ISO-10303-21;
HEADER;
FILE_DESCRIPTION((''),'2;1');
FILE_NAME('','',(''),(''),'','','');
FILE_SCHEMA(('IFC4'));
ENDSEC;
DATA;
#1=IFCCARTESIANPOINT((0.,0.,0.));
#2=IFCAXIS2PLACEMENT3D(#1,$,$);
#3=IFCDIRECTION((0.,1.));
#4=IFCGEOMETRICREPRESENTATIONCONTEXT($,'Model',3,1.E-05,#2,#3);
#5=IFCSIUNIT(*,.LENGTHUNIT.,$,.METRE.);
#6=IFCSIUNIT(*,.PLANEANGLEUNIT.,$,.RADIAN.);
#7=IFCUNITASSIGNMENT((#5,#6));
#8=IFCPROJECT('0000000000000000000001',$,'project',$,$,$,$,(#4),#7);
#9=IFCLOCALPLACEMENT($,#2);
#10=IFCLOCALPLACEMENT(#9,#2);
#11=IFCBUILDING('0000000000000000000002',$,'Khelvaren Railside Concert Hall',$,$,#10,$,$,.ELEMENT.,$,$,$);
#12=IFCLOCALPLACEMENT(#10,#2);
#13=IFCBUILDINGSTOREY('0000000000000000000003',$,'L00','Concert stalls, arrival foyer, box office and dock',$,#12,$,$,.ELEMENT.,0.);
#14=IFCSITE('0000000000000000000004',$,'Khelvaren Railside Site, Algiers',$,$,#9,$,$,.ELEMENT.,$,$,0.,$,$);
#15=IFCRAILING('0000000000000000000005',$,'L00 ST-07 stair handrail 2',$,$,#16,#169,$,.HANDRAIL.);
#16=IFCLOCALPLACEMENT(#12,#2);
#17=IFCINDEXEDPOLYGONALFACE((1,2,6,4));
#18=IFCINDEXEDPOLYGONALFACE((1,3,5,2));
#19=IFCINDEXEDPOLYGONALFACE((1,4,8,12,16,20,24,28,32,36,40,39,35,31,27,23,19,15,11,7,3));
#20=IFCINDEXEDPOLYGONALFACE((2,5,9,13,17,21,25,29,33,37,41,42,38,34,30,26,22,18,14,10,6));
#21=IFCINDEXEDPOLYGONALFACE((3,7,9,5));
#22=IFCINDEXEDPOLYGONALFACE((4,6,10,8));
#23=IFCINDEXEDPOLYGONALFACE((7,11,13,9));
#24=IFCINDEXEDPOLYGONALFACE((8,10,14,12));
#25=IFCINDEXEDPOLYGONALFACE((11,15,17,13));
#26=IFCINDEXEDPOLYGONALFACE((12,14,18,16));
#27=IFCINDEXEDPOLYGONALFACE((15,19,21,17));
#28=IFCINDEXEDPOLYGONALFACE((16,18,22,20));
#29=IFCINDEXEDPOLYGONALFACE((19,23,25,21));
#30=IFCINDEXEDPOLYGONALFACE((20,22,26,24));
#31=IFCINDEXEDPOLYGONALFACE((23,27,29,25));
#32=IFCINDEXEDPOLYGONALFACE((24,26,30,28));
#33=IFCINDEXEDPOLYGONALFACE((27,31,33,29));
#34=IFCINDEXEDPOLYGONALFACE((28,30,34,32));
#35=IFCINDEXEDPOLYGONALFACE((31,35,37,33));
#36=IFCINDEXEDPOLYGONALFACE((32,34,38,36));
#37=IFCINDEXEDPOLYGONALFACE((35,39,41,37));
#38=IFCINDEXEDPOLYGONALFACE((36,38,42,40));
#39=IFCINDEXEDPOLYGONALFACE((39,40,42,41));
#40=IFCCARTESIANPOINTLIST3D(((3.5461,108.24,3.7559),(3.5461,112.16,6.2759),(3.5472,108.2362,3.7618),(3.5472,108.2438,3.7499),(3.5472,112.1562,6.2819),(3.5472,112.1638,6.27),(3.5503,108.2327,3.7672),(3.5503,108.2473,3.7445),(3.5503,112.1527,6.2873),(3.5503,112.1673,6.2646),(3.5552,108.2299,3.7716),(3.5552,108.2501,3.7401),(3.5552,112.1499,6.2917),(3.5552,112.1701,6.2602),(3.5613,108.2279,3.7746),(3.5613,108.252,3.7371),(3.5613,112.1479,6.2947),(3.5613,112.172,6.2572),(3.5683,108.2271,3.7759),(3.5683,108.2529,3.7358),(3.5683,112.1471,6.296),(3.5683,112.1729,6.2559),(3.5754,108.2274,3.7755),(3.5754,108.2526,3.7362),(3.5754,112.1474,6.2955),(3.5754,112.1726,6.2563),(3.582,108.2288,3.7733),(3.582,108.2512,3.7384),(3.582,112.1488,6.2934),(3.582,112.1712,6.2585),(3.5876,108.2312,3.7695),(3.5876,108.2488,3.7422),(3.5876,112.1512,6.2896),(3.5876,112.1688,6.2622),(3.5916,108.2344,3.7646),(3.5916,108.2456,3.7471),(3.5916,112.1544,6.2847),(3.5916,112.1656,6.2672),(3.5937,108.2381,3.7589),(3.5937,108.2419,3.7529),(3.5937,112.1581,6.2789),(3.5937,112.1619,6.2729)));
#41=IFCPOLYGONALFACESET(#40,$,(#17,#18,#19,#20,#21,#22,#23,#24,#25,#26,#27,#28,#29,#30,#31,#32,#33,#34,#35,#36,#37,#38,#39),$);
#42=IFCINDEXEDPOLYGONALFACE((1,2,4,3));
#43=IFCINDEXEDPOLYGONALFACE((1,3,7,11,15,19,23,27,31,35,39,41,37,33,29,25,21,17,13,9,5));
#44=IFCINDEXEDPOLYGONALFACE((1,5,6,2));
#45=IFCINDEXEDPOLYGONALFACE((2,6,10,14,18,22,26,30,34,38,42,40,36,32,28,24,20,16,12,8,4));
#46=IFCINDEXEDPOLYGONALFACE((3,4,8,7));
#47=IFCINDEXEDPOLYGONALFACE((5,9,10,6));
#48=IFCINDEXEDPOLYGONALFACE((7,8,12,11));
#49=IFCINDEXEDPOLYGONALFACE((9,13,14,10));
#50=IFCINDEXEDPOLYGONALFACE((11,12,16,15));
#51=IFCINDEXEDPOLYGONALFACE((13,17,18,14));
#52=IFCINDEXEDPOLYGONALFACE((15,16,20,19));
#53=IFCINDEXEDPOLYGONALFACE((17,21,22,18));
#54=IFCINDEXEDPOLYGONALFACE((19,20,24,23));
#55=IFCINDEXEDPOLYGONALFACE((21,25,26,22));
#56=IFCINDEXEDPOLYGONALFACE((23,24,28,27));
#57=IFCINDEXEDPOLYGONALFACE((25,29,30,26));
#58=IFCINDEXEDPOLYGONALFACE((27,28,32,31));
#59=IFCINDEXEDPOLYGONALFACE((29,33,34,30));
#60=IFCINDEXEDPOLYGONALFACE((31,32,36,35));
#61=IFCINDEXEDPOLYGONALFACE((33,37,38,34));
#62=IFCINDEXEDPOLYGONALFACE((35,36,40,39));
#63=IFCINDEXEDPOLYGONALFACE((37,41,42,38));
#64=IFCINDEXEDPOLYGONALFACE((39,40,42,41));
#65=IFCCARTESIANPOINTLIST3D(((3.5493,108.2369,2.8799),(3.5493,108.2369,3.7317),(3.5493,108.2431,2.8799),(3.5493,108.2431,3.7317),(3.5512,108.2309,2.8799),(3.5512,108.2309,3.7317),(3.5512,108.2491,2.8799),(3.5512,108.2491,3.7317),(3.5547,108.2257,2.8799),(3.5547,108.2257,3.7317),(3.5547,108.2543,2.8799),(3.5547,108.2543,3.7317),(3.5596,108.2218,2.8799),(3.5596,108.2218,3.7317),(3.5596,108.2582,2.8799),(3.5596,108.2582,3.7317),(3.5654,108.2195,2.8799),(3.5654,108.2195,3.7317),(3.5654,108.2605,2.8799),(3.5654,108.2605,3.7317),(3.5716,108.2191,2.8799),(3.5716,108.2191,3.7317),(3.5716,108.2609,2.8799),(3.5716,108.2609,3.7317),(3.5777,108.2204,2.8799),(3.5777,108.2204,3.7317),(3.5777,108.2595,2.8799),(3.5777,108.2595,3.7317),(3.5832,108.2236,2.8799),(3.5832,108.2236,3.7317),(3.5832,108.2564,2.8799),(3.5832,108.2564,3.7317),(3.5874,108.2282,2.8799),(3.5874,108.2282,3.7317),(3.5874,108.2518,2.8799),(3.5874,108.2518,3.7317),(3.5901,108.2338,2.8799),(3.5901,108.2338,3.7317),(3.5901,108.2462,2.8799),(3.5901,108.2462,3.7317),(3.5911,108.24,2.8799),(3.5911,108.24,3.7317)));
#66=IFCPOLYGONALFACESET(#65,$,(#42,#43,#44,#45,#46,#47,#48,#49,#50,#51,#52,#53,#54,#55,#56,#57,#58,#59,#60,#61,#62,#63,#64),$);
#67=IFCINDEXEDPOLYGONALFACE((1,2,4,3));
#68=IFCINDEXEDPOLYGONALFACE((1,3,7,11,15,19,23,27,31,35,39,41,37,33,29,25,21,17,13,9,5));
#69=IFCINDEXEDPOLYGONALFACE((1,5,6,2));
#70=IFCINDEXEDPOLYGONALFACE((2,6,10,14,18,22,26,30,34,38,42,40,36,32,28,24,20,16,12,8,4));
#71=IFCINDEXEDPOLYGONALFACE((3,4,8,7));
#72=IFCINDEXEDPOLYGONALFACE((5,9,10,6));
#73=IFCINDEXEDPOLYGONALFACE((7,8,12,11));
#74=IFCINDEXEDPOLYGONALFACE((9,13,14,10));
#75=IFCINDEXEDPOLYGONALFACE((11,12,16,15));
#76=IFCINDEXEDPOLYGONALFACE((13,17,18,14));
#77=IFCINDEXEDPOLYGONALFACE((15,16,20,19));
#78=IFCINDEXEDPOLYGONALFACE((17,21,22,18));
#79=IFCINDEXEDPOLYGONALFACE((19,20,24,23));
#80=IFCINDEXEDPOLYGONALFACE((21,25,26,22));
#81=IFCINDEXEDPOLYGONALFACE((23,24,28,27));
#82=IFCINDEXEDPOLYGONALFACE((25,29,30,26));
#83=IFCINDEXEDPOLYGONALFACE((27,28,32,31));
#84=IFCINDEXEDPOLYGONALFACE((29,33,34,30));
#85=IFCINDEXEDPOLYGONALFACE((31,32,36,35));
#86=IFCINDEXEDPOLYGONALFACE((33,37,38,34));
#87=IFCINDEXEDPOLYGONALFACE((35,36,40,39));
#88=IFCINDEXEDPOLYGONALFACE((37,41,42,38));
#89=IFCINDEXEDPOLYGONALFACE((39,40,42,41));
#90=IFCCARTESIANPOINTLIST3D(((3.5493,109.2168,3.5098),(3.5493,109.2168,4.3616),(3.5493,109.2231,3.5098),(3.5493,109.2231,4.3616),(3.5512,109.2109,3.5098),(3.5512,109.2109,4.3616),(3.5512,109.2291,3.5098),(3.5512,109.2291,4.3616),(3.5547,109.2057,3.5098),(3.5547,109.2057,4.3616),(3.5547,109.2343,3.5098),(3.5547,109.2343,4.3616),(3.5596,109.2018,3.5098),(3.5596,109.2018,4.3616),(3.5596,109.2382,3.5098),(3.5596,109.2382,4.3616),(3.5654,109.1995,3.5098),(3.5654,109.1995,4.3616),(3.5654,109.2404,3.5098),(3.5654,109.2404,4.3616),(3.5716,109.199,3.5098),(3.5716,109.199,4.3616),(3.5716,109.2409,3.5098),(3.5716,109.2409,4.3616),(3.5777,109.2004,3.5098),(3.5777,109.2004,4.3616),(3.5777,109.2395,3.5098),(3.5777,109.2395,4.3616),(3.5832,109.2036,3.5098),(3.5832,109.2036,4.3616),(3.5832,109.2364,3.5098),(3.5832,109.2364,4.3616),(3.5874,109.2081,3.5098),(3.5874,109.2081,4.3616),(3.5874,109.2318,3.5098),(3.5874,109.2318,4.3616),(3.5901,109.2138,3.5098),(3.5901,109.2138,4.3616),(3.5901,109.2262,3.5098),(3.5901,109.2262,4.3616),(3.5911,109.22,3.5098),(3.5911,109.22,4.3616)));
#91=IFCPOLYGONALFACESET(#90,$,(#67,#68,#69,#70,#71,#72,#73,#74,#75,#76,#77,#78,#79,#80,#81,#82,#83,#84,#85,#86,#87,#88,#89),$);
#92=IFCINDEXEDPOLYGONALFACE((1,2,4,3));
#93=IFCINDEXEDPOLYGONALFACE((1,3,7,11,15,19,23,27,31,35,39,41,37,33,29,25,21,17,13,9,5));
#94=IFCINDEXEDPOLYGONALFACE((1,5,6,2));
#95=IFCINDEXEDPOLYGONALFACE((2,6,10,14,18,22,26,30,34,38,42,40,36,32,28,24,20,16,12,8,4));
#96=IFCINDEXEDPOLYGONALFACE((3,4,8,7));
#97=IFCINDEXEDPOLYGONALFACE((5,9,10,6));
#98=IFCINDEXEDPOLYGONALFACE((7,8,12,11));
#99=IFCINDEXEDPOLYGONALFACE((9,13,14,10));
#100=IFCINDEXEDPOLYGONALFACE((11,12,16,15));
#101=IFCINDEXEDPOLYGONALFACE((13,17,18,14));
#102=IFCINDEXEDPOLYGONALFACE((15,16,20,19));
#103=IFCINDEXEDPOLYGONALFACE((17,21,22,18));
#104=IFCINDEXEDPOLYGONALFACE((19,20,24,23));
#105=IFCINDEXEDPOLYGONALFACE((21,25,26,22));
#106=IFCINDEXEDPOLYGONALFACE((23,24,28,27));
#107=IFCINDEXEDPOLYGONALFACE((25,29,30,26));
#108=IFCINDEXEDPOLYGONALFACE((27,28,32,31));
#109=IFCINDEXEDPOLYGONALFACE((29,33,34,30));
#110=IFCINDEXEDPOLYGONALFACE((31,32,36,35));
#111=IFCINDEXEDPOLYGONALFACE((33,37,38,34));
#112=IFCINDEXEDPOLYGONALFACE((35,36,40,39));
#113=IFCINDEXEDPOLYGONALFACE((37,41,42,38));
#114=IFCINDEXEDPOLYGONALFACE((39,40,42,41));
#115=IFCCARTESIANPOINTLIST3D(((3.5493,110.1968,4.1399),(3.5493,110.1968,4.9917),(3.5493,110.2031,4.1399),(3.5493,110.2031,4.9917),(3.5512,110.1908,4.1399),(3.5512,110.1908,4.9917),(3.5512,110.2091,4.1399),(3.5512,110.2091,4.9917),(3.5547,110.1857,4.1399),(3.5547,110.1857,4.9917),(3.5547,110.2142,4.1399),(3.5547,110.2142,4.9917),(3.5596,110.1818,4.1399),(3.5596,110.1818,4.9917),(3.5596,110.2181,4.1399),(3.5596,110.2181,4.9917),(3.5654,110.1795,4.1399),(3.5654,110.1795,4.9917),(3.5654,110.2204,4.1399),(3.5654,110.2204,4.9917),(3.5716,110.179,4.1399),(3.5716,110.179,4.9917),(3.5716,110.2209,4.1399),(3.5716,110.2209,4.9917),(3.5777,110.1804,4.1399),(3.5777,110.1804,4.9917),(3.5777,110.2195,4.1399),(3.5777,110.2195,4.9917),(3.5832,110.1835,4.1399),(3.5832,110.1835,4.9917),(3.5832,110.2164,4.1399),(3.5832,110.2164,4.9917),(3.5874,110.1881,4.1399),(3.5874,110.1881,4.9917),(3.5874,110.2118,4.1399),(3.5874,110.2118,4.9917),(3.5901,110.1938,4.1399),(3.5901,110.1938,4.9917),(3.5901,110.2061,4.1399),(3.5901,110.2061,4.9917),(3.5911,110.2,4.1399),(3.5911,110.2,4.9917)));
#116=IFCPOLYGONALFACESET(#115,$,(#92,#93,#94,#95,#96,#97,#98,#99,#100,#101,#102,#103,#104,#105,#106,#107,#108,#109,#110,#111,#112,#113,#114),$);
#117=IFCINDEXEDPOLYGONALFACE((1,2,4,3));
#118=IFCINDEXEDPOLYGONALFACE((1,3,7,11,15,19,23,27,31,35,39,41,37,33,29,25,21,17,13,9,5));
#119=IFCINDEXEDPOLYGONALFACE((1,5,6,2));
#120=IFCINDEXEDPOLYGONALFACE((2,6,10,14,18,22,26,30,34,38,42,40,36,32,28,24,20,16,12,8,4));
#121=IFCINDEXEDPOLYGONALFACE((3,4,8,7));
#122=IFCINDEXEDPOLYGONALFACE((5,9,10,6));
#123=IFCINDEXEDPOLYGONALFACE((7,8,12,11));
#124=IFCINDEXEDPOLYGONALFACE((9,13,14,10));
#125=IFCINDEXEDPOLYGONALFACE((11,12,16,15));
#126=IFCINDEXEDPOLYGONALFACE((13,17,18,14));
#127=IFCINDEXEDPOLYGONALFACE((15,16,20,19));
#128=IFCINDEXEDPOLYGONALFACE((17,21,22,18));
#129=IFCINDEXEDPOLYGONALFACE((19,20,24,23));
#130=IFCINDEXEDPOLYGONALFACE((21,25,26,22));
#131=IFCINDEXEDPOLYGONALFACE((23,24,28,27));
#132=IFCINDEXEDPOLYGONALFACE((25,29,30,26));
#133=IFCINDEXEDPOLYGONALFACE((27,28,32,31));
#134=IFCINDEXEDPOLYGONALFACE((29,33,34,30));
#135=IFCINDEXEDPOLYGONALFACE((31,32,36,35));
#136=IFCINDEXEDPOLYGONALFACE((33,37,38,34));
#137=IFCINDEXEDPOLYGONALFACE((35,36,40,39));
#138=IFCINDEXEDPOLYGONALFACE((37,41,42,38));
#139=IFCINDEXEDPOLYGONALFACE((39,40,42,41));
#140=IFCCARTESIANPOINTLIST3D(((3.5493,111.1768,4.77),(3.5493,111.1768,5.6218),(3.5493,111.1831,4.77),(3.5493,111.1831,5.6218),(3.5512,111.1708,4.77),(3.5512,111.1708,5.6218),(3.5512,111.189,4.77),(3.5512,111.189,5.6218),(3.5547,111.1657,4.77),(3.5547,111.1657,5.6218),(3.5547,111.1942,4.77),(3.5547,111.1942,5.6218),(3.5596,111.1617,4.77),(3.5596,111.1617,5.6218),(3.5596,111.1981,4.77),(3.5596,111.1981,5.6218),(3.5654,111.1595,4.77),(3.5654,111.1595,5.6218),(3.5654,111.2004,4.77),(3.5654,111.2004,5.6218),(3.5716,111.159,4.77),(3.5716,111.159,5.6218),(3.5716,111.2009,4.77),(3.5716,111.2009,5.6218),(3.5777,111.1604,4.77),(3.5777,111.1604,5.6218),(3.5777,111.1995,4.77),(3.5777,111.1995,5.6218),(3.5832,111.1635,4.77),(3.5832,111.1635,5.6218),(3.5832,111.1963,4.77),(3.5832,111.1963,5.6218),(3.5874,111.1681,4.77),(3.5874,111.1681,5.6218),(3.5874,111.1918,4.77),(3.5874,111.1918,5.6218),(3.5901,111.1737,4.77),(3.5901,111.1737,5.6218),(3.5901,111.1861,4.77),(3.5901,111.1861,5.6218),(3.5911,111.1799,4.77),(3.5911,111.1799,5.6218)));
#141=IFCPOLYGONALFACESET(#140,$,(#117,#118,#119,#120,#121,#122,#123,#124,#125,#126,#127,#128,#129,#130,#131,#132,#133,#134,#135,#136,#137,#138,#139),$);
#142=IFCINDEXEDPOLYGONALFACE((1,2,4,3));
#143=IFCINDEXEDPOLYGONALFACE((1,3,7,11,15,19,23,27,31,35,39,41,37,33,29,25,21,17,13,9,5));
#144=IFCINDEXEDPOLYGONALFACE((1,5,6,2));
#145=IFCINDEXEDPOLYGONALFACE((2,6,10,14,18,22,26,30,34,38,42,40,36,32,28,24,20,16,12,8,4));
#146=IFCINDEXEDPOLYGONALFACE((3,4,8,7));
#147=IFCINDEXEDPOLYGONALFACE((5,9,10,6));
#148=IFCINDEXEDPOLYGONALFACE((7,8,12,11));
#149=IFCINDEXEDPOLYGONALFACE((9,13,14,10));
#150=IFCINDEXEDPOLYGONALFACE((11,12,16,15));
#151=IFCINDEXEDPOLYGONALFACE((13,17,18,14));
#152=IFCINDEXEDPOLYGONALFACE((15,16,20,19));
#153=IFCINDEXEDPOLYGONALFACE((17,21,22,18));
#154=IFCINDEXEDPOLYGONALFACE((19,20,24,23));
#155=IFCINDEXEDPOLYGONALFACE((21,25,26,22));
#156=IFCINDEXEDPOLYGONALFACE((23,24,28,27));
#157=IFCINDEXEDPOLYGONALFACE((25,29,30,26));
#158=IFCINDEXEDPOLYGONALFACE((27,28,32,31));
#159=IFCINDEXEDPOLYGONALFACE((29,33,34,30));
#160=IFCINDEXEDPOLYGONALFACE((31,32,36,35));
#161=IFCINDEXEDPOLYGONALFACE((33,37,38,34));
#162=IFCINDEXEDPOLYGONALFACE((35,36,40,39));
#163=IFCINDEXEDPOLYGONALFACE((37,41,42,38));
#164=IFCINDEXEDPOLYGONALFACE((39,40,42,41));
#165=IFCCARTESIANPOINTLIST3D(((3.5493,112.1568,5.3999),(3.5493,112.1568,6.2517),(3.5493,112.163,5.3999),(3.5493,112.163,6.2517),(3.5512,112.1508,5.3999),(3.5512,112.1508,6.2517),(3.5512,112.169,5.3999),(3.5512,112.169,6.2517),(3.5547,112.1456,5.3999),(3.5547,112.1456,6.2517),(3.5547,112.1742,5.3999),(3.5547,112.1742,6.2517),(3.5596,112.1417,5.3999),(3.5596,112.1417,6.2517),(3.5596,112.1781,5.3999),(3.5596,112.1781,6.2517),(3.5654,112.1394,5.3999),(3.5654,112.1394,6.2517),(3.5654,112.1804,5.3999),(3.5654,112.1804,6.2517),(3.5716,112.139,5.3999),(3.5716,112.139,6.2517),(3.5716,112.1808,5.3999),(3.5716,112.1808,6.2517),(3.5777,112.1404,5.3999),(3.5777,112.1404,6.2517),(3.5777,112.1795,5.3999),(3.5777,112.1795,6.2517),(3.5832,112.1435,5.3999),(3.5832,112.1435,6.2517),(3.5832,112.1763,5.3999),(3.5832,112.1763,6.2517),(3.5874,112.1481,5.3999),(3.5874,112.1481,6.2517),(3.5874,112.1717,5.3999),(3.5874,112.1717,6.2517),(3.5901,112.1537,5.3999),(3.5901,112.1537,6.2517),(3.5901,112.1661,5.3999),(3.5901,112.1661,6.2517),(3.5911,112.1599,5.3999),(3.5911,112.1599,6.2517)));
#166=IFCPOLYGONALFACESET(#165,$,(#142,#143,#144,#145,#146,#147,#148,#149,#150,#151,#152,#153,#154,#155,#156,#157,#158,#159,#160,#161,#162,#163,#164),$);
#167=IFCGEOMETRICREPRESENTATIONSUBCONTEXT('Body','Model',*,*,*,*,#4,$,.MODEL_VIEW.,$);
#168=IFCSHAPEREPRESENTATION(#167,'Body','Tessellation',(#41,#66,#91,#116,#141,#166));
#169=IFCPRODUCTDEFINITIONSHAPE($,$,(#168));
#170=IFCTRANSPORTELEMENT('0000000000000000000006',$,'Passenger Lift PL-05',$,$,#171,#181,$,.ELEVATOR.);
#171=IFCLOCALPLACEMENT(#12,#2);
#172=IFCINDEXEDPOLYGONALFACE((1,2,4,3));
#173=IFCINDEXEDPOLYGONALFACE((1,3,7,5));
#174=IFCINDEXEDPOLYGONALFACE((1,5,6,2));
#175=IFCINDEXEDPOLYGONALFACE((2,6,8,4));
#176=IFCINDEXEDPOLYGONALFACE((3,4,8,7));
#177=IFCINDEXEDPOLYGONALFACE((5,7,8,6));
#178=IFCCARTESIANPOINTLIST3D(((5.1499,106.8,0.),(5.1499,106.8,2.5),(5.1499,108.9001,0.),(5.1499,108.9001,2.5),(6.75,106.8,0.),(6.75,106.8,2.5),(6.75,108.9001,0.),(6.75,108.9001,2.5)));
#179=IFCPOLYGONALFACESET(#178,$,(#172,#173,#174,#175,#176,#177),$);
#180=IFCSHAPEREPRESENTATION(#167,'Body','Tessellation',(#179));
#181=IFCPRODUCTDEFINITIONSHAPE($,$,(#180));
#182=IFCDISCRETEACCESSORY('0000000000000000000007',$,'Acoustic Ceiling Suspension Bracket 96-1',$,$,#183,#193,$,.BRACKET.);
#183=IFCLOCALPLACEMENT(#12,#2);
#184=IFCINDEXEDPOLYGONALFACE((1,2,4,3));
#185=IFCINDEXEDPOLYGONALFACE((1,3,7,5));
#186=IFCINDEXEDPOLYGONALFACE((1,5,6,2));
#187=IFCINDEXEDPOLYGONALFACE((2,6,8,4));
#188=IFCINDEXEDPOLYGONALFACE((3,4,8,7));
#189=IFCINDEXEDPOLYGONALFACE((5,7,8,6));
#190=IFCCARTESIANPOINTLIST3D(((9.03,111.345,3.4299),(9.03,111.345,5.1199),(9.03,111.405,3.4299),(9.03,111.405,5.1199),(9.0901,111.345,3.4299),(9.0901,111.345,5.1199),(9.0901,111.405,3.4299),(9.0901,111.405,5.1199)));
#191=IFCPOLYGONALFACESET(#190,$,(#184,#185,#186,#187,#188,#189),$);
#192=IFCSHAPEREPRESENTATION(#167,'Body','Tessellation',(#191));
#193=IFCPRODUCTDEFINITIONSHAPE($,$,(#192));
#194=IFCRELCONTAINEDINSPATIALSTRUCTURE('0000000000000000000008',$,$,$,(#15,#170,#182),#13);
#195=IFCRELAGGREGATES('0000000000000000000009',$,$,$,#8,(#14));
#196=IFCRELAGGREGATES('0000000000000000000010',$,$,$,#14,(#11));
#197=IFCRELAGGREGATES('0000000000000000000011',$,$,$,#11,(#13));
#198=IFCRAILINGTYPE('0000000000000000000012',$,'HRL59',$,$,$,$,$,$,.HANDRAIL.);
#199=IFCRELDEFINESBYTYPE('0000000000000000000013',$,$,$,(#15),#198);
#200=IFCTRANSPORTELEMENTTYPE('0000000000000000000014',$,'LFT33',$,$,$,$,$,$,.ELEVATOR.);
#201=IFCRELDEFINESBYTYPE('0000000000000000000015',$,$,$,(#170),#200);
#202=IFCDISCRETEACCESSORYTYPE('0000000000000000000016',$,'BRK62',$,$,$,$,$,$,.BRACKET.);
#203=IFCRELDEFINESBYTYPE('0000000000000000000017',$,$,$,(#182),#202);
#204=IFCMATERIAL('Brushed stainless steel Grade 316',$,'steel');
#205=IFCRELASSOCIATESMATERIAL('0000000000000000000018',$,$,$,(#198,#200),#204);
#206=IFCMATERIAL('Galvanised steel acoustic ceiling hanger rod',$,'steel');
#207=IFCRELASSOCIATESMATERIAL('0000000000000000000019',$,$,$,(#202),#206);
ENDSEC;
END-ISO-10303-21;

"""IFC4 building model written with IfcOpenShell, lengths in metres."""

from ifc_helpers import new_model, si_unit, direction, frame, origin, origin_2d, place, context, subcontext, project, spatial, rectangle, circle, extrude, material, type_object, element, save


model = new_model("IFC4")

# Units and contexts
model_context = context("Model", 3, precision=1e-05, world=origin(), true_north=direction((0.0, 1.0)))
body_context = subcontext(model_context, "Body", "Model", "MODEL_VIEW")
ifc_project = project(units=[si_unit("LENGTHUNIT", "METRE"), si_unit("PLANEANGLEUNIT", "RADIAN")], contexts=[model_context])

# Site, building, storey
site_placement = place(None, origin())
site = spatial("IfcSite", under=ifc_project, at=site_placement, Name="Khelvaren Railside Site, Algiers", CompositionType="ELEMENT", RefElevation=0.0)
building_placement = place(site_placement, origin())
building = spatial("IfcBuilding", under=site, at=building_placement, Name="Khelvaren Railside Concert Hall", CompositionType="ELEMENT")
storey_placement = place(building_placement, origin())
storey = spatial("IfcBuildingStorey", under=building, at=storey_placement, Name="L00", Description="Concert stalls, arrival foyer, box office and dock", CompositionType="ELEMENT", Elevation=0.0)

# Railing
ifc_material_1 = material(Name="Brushed stainless steel Grade 316", Category="steel")
railing_type_1 = type_object("IfcRailingType", Name="HRL59", PredefinedType="HANDRAIL", material=ifc_material_1)
railing_1_placement = place(storey_placement, frame((3.5701, 108.24, 2.8799)))
element("IfcRailing", 1, at=railing_1_placement, inside=storey, type_object=railing_type_1, Name="L00 ST-07 stair handrail 2", PredefinedType="HANDRAIL", context=body_context, shape_type="SweptSolid", body=[
    extrude(circle(Radius=0.0239, at=origin_2d()), frame((0.0, 0.0, 0.876), z_axis=(0.0, 0.841172, 0.540768), x_axis=(-1.0, 0.0, 0.0)), (0.0, 0.0, 1.0), 4.6602),
    extrude(circle(Radius=0.021, at=origin_2d()), origin(), (0.0, 0.0, 1.0), 0.8518),
    extrude(circle(Radius=0.021, at=origin_2d()), frame((0.0, 0.98, 0.6299)), (0.0, 0.0, 1.0), 0.8518),
    extrude(circle(Radius=0.021, at=origin_2d()), frame((0.0, 1.96, 1.26)), (0.0, 0.0, 1.0), 0.8518),
    extrude(circle(Radius=0.021, at=origin_2d()), frame((0.0, 2.9399, 1.8901)), (0.0, 0.0, 1.0), 0.8518),
    extrude(circle(Radius=0.021, at=origin_2d()), frame((0.0, 3.9199, 2.52)), (0.0, 0.0, 1.0), 0.8518),
])

# Transport element
transport_element_type = type_object("IfcTransportElementType", Name="LFT33", PredefinedType="ELEVATOR", material=ifc_material_1)
transport_element_placement = place(storey_placement, frame((5.95, 107.8501, 0.0), z_axis=(0.0, 0.0, 1.0), x_axis=(1.0, 0.0, 0.0)))
element("IfcTransportElement", 2, at=transport_element_placement, inside=storey, type_object=transport_element_type, Name="Passenger Lift PL-05", PredefinedType="ELEVATOR", context=body_context, shape_type="SweptSolid", body=[
    extrude(rectangle(XDim=1.6001, YDim=2.1001, at=origin_2d()), origin(), (0.0, 0.0, 1.0), 2.5),
])

# Discrete accessory
ifc_material_2 = material(Name="Galvanised steel acoustic ceiling hanger rod", Category="steel")
discrete_accessory_type = type_object("IfcDiscreteAccessoryType", Name="BRK62", PredefinedType="BRACKET", material=ifc_material_2)
discrete_accessory_placement = place(storey_placement, frame((9.0601, 111.375, 3.4299), z_axis=(0.0, 0.0, 1.0), x_axis=(1.0, 0.0, 0.0)))
element("IfcDiscreteAccessory", 3, at=discrete_accessory_placement, inside=storey, type_object=discrete_accessory_type, Name="Acoustic Ceiling Suspension Bracket 96-1", PredefinedType="BRACKET", context=body_context, shape_type="SweptSolid", body=[
    extrude(rectangle(XDim=0.0601, YDim=0.0601, at=origin_2d()), origin(), (0.0, 0.0, 1.0), 1.6899),
])

save(model, "model.ifc")
